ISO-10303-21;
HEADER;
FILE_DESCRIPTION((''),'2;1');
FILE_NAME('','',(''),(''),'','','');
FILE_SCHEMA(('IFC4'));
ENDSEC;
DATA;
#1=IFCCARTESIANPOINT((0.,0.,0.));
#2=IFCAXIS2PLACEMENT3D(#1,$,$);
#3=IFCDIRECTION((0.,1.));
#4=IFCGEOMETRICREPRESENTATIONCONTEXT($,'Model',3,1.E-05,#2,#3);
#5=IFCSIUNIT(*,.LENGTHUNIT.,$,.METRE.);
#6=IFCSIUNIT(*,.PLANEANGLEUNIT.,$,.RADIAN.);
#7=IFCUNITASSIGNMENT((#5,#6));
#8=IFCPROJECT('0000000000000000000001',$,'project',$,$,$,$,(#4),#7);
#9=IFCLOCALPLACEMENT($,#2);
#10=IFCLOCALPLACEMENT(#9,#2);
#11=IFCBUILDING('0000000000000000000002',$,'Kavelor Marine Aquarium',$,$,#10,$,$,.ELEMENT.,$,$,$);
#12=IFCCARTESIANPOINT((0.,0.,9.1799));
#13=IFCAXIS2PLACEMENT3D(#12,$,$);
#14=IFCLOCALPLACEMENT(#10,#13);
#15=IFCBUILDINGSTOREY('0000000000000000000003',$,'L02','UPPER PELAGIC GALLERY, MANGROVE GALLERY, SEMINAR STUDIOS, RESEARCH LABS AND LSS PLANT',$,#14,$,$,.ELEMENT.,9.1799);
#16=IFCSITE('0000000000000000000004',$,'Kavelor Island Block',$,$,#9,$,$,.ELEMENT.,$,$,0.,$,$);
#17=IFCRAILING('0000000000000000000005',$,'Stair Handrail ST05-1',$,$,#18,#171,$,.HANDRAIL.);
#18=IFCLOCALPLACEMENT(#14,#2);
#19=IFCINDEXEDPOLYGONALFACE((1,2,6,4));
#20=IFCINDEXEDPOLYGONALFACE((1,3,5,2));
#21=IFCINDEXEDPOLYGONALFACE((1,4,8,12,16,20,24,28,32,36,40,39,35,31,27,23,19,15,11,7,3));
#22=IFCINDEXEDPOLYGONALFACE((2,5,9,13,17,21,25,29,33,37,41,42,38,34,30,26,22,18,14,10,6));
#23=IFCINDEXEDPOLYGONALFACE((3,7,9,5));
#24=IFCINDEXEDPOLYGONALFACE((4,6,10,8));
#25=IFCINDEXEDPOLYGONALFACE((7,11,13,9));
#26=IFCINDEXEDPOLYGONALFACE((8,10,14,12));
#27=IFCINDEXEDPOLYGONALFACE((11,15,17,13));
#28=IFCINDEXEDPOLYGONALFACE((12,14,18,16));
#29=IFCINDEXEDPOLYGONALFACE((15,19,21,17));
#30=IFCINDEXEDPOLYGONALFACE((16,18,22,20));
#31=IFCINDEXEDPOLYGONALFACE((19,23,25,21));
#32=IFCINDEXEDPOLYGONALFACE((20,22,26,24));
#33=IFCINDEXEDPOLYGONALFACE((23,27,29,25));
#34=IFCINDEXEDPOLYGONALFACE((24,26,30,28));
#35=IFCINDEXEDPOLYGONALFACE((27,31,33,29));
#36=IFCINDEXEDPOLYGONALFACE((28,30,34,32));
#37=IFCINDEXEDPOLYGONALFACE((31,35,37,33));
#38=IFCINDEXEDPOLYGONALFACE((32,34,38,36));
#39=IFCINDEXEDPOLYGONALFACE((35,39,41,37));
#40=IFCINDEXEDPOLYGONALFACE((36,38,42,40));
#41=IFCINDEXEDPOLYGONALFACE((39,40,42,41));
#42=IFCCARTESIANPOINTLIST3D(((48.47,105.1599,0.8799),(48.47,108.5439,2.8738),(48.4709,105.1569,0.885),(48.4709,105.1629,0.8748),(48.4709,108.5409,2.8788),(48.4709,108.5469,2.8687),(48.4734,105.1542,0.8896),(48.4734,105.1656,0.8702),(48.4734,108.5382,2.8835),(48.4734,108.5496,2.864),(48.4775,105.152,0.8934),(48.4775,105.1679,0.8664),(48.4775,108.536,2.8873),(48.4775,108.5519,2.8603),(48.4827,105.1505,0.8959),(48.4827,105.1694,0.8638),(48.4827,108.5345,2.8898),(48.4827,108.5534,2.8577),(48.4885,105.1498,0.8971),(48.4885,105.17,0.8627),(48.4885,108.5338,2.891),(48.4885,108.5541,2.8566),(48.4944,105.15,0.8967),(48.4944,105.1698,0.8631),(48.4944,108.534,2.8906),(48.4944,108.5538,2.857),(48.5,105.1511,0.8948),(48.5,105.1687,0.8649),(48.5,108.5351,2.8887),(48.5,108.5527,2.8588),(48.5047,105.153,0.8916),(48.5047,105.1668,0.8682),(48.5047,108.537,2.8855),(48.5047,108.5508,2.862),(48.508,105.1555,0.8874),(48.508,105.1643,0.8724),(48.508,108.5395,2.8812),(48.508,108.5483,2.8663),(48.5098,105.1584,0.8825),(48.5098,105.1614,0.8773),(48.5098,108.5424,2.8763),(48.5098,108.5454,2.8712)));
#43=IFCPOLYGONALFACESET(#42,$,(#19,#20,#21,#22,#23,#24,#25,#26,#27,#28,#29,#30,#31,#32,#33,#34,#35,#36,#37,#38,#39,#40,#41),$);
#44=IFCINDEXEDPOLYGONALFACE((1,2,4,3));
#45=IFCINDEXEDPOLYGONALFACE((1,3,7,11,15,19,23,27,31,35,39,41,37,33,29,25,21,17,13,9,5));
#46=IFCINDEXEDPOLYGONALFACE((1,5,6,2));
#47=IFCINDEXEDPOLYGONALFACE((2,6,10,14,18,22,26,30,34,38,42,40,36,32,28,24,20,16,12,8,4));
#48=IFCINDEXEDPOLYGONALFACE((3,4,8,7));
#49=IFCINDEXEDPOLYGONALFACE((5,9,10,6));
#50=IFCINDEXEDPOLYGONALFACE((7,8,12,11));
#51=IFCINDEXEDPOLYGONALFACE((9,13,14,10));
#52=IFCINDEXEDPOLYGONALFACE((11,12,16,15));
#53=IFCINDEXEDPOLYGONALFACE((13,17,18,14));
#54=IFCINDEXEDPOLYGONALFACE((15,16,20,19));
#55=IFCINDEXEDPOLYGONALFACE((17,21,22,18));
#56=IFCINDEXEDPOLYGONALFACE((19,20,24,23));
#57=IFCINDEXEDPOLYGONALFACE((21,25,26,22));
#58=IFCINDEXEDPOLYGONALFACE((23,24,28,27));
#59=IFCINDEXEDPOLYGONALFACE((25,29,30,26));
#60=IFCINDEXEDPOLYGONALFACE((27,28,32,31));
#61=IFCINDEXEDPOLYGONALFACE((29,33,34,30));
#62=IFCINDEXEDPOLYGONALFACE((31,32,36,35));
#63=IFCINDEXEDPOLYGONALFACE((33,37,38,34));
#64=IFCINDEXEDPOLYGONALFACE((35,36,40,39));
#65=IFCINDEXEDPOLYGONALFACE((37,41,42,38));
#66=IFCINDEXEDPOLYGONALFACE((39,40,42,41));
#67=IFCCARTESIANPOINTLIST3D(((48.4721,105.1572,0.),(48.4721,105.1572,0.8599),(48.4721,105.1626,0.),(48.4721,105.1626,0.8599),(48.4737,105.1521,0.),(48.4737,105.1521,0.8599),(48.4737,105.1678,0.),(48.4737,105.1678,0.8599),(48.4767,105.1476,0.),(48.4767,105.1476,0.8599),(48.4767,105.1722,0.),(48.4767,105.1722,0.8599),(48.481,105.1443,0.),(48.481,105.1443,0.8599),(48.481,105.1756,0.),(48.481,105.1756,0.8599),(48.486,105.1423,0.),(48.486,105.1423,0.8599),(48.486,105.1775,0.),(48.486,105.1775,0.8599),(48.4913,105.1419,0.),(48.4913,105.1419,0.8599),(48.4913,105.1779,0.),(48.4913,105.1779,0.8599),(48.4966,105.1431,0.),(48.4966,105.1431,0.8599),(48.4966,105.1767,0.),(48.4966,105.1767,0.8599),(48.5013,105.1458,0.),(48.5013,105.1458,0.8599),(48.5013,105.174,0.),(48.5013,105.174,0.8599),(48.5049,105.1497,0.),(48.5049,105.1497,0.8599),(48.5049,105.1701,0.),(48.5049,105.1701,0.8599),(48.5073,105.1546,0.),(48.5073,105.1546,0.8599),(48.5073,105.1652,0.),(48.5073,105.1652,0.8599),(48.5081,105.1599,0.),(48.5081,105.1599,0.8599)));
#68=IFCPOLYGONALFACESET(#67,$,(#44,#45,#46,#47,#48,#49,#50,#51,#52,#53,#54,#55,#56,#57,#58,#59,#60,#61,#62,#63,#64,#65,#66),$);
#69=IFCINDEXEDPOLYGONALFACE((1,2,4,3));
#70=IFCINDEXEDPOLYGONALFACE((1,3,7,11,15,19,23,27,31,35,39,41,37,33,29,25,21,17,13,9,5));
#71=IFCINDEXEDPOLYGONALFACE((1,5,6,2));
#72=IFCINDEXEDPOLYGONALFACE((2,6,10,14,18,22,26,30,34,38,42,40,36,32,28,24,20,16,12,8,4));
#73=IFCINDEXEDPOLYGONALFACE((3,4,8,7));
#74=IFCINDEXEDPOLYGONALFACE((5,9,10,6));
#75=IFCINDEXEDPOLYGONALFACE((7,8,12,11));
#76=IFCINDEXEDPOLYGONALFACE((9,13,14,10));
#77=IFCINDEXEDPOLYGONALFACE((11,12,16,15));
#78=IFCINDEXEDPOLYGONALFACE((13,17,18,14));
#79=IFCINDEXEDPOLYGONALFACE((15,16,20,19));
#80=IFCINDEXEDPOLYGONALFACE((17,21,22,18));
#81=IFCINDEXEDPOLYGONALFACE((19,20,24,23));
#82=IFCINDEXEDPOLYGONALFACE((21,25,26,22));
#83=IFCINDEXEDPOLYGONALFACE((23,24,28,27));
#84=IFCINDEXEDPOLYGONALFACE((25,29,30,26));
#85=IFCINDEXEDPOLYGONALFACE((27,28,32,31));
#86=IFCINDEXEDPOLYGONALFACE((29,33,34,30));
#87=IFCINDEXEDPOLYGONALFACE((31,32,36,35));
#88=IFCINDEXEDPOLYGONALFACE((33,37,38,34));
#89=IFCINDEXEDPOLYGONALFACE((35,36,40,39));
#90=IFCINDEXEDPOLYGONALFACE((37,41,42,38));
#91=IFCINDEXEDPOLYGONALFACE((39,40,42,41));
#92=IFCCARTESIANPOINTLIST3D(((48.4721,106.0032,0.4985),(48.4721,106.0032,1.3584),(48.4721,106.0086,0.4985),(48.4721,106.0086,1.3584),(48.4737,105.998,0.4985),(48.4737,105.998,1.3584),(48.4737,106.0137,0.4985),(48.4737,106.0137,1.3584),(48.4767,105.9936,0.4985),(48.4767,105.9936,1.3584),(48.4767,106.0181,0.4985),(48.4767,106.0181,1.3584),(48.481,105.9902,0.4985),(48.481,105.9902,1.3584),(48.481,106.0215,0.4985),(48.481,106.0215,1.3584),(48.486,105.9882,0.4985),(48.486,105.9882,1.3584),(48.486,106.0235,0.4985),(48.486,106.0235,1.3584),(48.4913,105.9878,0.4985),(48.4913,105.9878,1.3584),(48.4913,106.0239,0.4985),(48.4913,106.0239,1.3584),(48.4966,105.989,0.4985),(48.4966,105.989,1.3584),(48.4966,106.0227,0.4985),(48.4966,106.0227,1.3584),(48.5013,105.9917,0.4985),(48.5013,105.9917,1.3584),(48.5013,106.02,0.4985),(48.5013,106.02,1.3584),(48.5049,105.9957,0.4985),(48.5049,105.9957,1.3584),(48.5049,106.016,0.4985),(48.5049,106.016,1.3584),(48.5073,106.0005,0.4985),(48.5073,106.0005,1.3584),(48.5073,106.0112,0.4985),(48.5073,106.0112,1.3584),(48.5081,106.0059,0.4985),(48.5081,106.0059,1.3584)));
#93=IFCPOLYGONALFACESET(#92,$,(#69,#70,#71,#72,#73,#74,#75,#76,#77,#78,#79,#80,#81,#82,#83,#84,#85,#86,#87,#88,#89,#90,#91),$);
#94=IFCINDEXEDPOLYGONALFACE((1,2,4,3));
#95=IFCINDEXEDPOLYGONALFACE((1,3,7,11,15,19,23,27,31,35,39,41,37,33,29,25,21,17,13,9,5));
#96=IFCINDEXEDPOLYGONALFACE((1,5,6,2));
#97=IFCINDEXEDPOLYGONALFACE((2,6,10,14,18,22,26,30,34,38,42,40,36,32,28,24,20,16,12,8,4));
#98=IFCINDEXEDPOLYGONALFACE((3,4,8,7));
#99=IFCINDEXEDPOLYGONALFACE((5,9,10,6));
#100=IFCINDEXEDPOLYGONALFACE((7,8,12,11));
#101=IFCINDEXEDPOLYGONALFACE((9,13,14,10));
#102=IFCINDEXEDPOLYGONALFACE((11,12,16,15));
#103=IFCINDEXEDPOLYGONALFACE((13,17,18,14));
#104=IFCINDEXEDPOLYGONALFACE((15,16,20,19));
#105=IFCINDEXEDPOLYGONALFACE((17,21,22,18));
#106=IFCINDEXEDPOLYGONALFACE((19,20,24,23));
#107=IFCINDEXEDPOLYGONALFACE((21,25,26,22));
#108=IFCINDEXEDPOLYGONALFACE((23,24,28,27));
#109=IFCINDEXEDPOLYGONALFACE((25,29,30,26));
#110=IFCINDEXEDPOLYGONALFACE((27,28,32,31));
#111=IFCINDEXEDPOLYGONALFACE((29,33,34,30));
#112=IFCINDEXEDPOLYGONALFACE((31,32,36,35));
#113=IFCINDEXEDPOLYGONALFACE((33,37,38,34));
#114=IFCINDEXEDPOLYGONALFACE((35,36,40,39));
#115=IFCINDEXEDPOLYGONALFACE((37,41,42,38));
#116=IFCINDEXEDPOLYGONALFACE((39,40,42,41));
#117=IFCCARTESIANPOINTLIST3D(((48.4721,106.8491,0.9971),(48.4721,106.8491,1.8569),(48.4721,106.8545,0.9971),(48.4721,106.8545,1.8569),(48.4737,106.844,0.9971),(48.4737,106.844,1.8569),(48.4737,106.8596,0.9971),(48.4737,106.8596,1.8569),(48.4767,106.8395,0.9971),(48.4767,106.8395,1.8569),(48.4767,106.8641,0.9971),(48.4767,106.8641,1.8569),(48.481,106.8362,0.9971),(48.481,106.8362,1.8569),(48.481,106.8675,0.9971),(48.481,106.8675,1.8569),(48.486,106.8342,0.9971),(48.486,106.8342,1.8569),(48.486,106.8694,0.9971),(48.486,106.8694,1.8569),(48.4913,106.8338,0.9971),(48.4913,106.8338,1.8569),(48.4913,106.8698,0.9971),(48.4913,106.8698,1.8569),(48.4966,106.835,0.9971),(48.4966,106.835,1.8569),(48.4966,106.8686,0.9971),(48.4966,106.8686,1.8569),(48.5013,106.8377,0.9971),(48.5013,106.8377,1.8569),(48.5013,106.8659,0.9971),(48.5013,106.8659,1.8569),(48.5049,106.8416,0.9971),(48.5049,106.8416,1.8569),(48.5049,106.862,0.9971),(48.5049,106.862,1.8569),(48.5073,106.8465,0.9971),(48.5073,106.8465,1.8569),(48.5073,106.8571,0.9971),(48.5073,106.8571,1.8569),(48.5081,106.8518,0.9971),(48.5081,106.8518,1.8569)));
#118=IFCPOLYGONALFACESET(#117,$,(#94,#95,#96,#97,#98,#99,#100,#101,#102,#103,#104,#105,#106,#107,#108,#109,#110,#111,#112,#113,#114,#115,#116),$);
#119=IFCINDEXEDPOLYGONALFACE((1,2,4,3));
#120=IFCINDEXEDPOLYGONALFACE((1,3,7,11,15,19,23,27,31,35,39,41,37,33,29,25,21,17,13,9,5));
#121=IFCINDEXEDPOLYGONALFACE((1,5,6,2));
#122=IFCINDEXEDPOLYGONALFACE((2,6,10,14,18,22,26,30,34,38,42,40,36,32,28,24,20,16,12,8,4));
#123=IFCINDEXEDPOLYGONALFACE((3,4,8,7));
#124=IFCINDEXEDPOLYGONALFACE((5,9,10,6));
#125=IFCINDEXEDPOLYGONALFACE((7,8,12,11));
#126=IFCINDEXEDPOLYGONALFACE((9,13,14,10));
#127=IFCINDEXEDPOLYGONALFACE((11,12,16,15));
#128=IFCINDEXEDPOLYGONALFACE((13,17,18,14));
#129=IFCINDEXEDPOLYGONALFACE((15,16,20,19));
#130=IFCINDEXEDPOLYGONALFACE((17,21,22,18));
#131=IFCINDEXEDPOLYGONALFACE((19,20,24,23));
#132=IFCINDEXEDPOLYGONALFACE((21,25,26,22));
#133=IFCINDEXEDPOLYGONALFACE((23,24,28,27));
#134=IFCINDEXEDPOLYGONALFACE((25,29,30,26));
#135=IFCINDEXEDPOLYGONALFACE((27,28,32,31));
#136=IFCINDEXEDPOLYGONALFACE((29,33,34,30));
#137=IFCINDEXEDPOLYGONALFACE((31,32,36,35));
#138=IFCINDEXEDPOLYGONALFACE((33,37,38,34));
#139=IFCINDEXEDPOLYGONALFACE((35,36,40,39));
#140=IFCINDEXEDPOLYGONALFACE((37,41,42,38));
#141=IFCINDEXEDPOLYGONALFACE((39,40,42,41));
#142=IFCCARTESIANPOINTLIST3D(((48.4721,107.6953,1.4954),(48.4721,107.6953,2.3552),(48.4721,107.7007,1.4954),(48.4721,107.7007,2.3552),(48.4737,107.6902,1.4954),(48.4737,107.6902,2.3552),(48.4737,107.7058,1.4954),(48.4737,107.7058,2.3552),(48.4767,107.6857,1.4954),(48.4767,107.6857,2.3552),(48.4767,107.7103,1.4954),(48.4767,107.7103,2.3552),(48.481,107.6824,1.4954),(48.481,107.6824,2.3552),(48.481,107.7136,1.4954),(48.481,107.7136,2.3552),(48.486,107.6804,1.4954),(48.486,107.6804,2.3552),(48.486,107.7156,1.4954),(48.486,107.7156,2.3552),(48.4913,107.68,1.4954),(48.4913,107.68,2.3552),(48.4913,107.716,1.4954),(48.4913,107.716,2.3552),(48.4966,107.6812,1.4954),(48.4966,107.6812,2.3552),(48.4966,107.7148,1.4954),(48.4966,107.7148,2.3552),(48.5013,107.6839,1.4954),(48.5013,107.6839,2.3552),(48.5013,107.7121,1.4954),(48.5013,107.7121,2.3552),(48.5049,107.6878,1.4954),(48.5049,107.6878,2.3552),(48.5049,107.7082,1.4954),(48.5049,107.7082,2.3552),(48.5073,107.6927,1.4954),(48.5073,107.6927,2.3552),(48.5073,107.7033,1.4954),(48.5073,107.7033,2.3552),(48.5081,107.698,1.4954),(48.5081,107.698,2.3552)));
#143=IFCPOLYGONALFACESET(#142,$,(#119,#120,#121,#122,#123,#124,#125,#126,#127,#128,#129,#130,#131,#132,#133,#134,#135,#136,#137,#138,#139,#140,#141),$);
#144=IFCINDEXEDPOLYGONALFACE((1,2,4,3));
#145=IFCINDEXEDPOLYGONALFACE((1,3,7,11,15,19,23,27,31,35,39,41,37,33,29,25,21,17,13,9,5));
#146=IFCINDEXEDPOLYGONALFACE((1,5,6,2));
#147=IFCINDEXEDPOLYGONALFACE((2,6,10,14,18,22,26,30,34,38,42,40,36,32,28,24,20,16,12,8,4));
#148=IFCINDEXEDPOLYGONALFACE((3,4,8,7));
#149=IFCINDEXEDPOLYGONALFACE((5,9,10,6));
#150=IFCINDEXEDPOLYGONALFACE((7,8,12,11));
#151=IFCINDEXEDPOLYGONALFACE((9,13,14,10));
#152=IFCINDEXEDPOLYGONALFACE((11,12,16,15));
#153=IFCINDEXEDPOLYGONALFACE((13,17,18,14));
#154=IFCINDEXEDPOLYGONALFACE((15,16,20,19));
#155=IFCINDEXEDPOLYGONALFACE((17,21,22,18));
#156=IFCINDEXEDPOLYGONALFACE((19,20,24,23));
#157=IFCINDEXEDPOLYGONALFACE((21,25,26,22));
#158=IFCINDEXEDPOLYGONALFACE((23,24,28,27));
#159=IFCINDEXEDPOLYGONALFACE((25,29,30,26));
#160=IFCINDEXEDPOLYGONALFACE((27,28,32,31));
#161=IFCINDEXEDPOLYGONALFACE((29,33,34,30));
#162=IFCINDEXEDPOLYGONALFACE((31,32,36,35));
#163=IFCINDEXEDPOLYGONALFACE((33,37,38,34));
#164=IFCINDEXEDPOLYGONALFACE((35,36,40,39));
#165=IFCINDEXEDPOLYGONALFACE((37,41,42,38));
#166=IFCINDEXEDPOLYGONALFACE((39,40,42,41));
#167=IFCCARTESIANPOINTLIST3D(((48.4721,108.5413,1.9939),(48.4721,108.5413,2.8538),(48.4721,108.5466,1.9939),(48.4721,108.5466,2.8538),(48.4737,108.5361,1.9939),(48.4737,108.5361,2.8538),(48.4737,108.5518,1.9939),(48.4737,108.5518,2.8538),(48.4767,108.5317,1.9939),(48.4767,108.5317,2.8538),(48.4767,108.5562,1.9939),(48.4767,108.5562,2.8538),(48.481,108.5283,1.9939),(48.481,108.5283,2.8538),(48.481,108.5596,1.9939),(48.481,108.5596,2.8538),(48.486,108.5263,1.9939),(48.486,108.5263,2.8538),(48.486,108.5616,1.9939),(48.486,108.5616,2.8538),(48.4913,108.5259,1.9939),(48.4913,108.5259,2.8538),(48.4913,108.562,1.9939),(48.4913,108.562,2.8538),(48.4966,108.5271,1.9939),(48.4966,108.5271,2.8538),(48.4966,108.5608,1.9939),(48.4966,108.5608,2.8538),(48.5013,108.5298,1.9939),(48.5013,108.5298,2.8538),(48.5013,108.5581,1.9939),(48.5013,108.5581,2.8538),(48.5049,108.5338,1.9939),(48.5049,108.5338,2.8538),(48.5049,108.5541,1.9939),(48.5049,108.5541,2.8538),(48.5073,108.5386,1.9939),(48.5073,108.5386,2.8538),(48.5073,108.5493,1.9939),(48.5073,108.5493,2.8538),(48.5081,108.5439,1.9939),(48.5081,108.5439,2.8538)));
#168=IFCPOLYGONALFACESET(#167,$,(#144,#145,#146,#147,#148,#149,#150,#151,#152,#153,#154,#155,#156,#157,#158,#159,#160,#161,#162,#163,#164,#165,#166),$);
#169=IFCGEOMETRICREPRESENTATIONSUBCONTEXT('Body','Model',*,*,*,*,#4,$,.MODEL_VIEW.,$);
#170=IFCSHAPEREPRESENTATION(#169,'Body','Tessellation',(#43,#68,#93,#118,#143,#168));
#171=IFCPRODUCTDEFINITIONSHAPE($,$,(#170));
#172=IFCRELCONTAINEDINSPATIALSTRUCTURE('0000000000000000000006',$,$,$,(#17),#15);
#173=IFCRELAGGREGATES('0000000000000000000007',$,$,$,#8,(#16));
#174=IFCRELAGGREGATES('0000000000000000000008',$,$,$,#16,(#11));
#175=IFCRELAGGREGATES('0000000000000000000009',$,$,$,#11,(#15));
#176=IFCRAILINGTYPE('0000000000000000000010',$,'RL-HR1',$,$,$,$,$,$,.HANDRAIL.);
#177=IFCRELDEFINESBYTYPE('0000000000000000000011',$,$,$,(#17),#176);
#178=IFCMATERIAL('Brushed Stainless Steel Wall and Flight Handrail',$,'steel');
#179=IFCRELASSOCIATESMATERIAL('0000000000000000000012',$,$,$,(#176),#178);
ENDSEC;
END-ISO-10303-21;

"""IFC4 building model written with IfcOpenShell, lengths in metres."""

from ifc_helpers import new_model, si_unit, direction, frame, origin, origin_2d, place, context, subcontext, project, spatial, circle, extrude, material, type_object, element, save


model = new_model("IFC4")

# Units and contexts
model_context = context("Model", 3, precision=1e-05, world=origin(), true_north=direction((0.0, 1.0)))
body_context = subcontext(model_context, "Body", "Model", "MODEL_VIEW")
ifc_project = project(units=[si_unit("LENGTHUNIT", "METRE"), si_unit("PLANEANGLEUNIT", "RADIAN")], contexts=[model_context])

# Site, building, storey
site_placement = place(None, origin())
site = spatial("IfcSite", under=ifc_project, at=site_placement, Name="Kavelor Island Block", CompositionType="ELEMENT", RefElevation=0.0)
building_placement = place(site_placement, origin())
building = spatial("IfcBuilding", under=site, at=building_placement, Name="Kavelor Marine Aquarium", CompositionType="ELEMENT")
storey_placement = place(building_placement, frame((0.0, 0.0, 9.1799)))
storey = spatial("IfcBuildingStorey", under=building, at=storey_placement, Name="L02", Description="UPPER PELAGIC GALLERY, MANGROVE GALLERY, SEMINAR STUDIOS, RESEARCH LABS AND LSS PLANT", CompositionType="ELEMENT", Elevation=9.1799)

# Railing
ifc_material_1 = material(Name="Brushed Stainless Steel Wall and Flight Handrail", Category="steel")
railing_type_1 = type_object("IfcRailingType", Name="RL-HR1", PredefinedType="HANDRAIL", material=ifc_material_1)
railing_1_placement = place(storey_placement, frame((48.49, 105.1599, 0.0)))
element("IfcRailing", 1, at=railing_1_placement, inside=storey, type_object=railing_type_1, Name="Stair Handrail ST05-1", PredefinedType="HANDRAIL", context=body_context, shape_type="SweptSolid", body=[
    extrude(circle(Radius=0.02, at=origin_2d()), frame((0.0, 0.0, 0.8799), z_axis=(0.0, 0.861568, 0.507642), x_axis=(-1.0, 0.0, 0.0)), (0.0, 0.0, 1.0), 3.9277),
    extrude(circle(Radius=0.0181, at=origin_2d()), origin(), (0.0, 0.0, 1.0), 0.8599),
    extrude(circle(Radius=0.0181, at=origin_2d()), frame((0.0, 0.8459, 0.4985)), (0.0, 0.0, 1.0), 0.8599),
    extrude(circle(Radius=0.0181, at=origin_2d()), frame((0.0, 1.6919, 0.9971)), (0.0, 0.0, 1.0), 0.8599),
    extrude(circle(Radius=0.0181, at=origin_2d()), frame((0.0, 2.5381, 1.4954)), (0.0, 0.0, 1.0), 0.8599),
    extrude(circle(Radius=0.0181, at=origin_2d()), frame((0.0, 3.384, 1.9939)), (0.0, 0.0, 1.0), 0.8599),
])

save(model, "model.ifc")
